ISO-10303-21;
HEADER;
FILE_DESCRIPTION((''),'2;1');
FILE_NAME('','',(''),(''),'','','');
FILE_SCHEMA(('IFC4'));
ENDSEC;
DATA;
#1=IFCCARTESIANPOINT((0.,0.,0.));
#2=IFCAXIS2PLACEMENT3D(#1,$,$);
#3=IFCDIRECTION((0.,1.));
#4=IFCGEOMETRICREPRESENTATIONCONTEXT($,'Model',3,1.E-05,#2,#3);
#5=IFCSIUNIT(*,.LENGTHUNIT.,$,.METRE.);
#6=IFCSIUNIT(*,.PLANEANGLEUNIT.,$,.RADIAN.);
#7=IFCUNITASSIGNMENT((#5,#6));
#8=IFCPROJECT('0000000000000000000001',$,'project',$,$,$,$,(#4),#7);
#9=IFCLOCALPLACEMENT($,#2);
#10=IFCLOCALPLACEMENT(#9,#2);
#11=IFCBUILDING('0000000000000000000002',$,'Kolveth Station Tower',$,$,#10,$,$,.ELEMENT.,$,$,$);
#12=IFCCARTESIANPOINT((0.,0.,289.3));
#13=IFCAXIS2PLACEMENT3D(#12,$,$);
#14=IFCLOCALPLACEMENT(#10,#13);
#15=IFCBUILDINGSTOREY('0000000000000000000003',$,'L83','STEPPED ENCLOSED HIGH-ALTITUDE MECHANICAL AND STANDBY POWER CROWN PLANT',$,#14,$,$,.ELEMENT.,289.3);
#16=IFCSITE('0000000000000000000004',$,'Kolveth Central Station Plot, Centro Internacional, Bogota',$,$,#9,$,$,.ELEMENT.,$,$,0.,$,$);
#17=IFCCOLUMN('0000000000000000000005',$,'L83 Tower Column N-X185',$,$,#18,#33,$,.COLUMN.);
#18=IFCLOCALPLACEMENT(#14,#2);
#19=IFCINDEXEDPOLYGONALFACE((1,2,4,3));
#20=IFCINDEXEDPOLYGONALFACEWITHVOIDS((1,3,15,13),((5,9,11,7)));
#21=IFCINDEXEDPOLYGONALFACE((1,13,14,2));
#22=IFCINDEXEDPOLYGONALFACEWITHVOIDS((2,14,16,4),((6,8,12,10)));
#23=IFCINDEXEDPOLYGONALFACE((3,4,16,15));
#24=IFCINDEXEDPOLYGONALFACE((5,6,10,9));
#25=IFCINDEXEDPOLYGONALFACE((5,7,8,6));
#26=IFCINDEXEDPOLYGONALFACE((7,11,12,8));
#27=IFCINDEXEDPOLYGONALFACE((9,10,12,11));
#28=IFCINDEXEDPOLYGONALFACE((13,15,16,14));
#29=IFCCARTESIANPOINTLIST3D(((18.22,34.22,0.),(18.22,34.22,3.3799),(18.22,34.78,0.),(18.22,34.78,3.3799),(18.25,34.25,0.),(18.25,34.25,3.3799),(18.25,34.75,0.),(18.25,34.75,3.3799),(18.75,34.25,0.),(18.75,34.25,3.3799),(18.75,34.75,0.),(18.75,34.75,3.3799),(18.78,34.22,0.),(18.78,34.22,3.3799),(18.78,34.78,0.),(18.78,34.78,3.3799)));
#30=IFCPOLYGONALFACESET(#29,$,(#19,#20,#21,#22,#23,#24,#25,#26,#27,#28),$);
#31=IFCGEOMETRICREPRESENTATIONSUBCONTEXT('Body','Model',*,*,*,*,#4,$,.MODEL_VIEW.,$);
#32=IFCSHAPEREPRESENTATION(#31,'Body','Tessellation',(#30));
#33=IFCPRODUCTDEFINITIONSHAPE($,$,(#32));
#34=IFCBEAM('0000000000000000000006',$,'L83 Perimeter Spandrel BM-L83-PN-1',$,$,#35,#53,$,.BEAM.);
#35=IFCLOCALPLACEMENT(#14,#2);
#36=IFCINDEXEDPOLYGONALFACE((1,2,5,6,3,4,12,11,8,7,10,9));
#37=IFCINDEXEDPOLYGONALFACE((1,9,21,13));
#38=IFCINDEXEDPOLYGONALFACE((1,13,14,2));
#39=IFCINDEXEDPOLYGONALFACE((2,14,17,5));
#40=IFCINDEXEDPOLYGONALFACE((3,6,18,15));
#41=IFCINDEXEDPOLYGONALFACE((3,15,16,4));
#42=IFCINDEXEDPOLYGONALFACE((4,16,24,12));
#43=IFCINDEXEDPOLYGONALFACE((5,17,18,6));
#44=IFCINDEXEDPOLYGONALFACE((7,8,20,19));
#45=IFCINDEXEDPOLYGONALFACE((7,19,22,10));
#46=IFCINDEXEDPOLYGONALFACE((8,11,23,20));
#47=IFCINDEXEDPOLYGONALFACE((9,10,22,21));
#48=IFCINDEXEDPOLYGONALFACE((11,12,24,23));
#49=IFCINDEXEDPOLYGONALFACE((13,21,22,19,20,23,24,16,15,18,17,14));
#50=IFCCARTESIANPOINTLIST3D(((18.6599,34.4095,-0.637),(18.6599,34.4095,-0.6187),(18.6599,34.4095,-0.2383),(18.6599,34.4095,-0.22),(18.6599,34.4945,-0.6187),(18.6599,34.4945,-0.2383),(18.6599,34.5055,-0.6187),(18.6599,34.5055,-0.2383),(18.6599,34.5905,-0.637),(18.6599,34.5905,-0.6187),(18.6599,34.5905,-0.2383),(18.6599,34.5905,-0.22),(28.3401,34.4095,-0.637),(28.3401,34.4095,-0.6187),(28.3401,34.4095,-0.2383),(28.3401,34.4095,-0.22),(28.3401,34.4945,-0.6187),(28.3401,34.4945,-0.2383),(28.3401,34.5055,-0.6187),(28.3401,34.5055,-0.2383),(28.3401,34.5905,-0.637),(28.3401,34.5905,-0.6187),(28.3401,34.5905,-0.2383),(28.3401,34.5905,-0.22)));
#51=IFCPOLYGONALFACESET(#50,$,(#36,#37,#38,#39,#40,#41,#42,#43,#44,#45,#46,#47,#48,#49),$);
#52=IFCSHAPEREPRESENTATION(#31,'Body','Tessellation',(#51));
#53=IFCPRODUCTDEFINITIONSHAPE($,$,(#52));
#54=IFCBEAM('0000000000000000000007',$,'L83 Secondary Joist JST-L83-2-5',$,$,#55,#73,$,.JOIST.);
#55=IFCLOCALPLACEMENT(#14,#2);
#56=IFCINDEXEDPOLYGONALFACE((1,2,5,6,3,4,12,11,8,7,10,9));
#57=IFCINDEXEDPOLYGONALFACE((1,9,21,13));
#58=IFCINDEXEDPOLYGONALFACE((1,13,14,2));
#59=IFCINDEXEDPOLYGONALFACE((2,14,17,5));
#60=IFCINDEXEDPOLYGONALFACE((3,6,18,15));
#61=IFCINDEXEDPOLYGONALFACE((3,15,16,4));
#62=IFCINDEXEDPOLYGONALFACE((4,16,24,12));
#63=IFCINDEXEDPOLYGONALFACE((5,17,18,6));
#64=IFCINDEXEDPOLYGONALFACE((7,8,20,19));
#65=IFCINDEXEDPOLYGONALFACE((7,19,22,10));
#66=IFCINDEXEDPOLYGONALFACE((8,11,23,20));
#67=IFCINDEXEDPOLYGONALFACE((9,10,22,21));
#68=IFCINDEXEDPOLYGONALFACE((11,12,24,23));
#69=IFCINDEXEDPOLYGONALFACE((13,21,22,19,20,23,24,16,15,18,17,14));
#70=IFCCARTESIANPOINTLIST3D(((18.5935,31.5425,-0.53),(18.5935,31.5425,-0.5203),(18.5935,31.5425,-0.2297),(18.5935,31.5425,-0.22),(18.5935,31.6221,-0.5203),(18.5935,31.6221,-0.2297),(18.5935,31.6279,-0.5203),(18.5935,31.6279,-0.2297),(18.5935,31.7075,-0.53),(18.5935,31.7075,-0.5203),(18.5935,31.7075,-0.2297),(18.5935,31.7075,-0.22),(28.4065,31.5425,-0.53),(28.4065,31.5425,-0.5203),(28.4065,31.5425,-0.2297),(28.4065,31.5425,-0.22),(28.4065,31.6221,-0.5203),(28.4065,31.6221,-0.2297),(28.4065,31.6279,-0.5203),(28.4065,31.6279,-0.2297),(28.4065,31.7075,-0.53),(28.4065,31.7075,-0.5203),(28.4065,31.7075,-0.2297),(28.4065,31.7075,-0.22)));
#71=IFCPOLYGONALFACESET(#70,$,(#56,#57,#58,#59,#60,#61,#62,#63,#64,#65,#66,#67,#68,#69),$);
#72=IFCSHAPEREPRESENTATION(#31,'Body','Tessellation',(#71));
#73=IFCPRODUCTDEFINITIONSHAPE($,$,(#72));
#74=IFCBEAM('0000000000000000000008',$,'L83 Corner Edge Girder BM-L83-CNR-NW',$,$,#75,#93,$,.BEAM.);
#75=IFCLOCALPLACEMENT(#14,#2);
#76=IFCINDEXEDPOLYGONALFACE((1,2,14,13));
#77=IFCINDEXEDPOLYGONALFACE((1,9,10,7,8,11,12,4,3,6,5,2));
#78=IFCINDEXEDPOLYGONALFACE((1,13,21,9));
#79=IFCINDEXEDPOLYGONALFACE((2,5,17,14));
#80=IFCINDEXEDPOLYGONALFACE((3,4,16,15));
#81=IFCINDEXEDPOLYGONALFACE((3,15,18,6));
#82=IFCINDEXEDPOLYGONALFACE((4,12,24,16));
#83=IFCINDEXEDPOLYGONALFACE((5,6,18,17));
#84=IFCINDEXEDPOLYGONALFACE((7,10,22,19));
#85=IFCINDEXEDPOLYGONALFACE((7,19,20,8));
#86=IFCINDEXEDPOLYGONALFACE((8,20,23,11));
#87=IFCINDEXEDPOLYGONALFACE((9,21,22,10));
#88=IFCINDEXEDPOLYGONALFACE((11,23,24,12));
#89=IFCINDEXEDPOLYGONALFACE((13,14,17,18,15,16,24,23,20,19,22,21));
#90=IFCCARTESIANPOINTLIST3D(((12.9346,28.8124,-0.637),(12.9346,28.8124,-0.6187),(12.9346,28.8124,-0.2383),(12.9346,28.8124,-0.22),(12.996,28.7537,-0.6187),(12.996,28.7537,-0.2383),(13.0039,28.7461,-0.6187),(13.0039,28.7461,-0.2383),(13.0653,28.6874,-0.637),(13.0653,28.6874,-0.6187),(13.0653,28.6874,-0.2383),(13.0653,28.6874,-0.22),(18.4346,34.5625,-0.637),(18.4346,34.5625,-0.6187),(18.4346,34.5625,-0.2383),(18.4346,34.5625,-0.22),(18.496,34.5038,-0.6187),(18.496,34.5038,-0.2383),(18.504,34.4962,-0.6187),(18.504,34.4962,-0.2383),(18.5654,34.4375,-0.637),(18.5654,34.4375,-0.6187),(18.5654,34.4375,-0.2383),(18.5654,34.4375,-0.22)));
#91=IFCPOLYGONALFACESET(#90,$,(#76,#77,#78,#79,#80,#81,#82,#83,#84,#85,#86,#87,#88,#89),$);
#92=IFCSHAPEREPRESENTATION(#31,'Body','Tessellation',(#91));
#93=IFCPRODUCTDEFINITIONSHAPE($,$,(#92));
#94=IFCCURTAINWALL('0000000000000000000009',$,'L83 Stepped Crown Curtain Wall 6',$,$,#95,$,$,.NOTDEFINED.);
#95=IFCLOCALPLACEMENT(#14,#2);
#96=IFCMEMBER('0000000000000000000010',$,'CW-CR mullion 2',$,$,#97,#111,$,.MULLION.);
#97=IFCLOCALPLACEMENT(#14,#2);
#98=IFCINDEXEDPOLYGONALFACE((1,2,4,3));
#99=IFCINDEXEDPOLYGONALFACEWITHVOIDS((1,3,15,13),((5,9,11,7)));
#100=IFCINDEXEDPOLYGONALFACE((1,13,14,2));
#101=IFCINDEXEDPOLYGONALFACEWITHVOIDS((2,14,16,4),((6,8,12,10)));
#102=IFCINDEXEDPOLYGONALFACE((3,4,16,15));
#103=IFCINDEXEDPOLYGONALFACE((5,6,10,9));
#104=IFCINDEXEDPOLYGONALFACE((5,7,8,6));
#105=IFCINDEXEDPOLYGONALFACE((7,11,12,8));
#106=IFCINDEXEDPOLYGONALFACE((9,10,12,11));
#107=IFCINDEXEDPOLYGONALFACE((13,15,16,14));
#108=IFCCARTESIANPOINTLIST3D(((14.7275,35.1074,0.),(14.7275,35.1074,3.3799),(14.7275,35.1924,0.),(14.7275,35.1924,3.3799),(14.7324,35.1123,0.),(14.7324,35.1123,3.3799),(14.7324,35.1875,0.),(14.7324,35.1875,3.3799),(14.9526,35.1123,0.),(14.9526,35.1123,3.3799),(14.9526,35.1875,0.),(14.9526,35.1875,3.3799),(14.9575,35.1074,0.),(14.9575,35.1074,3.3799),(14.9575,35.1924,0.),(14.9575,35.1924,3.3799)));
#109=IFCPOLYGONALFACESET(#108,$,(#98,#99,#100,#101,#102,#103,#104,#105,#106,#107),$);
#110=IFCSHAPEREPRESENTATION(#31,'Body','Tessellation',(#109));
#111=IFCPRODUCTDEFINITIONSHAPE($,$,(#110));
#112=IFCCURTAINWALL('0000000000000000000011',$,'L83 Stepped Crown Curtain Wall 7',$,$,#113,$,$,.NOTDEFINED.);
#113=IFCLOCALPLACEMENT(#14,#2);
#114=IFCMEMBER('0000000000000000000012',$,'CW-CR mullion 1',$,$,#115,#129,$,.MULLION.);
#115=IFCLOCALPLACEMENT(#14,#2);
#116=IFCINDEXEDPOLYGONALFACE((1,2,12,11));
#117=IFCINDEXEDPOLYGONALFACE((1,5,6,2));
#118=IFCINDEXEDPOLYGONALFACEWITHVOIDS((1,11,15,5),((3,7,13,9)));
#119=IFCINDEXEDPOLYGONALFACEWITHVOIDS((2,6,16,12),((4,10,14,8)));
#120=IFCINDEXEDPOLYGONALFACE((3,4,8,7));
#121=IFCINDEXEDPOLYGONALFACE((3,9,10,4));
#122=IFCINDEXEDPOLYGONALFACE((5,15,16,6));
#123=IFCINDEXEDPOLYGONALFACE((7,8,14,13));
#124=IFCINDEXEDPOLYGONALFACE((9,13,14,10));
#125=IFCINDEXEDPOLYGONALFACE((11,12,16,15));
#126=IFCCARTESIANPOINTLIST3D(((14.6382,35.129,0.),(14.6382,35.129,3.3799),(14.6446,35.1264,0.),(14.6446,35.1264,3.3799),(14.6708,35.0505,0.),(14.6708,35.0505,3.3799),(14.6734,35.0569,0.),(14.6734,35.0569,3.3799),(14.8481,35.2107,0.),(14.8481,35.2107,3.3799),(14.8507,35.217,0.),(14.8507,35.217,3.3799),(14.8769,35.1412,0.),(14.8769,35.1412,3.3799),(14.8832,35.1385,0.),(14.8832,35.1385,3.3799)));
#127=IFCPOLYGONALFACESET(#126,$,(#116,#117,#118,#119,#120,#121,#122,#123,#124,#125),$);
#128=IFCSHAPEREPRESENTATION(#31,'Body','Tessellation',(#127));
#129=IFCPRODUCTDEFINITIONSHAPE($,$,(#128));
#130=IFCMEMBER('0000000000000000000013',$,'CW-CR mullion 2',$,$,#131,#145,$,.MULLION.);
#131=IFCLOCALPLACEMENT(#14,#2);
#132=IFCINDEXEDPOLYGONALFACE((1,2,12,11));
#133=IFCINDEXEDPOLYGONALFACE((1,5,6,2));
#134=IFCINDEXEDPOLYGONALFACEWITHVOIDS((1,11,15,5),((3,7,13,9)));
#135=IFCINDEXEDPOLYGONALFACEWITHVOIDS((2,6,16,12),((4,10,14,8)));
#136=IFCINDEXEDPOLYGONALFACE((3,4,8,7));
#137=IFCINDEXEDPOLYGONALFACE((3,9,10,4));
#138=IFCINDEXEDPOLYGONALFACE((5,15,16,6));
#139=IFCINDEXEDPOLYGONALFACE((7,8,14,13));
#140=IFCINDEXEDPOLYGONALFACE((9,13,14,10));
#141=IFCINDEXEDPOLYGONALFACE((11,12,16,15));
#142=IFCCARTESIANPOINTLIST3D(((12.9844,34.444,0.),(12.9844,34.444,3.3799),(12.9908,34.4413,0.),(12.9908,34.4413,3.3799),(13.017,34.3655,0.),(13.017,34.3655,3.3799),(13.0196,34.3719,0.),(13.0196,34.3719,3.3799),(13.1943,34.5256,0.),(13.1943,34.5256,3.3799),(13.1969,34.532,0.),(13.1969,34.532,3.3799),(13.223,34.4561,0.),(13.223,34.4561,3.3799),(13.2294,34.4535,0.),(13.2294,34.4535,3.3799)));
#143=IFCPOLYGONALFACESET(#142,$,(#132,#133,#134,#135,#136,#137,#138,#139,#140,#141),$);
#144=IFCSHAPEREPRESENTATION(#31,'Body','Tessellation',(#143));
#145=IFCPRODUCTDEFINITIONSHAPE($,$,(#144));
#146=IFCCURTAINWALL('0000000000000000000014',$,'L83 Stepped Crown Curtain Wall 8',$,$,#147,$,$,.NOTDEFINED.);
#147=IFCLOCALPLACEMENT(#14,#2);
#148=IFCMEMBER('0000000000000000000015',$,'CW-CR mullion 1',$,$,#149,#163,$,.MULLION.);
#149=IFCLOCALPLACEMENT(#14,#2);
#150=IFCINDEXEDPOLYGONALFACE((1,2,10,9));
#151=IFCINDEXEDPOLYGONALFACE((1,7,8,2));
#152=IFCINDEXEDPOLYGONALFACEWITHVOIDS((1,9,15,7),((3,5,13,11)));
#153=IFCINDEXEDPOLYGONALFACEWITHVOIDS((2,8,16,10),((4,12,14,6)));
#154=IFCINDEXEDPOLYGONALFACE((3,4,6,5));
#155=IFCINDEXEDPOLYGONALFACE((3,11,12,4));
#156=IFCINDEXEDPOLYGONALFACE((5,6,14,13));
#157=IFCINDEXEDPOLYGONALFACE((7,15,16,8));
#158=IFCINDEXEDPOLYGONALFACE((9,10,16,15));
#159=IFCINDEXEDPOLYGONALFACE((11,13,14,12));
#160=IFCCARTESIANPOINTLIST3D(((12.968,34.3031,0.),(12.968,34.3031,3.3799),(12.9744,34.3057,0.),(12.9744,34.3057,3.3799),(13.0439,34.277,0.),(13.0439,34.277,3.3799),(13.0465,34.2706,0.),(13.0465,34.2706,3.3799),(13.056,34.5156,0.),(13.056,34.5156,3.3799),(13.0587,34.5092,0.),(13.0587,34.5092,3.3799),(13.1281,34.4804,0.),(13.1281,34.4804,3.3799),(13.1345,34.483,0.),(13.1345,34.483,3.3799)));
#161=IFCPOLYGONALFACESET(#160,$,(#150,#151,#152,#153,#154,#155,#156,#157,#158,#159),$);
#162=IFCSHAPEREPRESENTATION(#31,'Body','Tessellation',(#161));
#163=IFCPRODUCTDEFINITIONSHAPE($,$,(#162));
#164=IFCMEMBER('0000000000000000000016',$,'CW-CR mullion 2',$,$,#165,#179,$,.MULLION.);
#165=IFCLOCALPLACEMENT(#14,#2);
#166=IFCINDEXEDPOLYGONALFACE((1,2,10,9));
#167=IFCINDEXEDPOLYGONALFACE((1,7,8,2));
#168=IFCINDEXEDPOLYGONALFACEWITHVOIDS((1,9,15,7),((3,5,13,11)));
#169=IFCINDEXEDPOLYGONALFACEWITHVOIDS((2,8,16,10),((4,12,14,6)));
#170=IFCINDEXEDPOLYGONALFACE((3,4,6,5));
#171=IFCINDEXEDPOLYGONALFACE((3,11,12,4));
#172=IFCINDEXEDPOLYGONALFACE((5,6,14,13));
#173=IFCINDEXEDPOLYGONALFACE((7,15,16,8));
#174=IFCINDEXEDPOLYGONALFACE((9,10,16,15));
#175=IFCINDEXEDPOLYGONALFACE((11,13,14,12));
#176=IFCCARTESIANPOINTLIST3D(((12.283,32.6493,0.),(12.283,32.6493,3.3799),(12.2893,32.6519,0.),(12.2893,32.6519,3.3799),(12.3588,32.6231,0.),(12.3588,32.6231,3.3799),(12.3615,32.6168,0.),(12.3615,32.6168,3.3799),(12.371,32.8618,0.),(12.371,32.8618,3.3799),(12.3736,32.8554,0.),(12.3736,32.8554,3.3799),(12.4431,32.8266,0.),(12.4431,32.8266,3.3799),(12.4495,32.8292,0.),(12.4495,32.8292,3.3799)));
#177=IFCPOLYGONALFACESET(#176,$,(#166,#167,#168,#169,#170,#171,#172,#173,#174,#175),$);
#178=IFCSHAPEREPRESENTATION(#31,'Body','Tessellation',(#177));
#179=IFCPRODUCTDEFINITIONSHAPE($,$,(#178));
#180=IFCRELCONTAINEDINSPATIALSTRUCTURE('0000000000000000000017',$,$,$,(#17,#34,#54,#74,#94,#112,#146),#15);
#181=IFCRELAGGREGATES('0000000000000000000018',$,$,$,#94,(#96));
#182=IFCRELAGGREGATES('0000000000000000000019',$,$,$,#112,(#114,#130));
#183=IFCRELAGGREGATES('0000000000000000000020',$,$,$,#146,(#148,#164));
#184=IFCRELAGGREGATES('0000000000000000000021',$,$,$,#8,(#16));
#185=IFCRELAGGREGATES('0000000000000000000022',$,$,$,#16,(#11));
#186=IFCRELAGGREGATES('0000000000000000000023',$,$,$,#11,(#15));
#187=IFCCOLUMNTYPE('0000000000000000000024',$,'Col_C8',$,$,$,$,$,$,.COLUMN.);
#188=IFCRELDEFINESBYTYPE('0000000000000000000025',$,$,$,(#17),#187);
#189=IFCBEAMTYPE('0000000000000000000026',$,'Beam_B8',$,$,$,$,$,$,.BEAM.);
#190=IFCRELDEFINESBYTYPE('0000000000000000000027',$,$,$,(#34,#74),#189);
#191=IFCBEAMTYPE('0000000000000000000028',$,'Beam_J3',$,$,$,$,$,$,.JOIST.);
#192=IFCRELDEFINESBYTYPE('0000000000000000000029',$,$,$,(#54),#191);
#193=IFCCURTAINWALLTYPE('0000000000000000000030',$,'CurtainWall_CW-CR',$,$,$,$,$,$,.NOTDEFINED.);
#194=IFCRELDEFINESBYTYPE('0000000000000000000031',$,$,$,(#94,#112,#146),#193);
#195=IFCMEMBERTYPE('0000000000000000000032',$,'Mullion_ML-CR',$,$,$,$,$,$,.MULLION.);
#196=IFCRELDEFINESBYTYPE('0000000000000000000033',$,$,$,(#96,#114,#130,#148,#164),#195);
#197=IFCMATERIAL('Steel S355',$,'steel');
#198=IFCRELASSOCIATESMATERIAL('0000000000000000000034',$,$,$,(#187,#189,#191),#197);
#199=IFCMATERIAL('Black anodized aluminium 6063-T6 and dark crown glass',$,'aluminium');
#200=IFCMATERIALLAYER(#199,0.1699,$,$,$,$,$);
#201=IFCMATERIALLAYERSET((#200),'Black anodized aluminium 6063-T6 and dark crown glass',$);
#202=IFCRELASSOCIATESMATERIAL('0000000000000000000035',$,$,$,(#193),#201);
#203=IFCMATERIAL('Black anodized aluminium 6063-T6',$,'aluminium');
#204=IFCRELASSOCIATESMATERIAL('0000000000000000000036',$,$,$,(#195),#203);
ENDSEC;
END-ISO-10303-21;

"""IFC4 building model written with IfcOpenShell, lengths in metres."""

from ifc_helpers import new_model, si_unit, direction, frame, origin, origin_2d, place, context, subcontext, project, spatial, hollow_rectangle, i_section, extrude, source, transform, mapped, material, layer, layer_set, material_profile, profile_set, type_object, element, aggregate, save


model = new_model("IFC4")

# Units and contexts
model_context = context("Model", 3, precision=1e-05, world=origin(), true_north=direction((0.0, 1.0)))
body_context = subcontext(model_context, "Body", "Model", "MODEL_VIEW")
ifc_project = project(units=[si_unit("LENGTHUNIT", "METRE"), si_unit("PLANEANGLEUNIT", "RADIAN")], contexts=[model_context])

# Site, building, storey
site_placement = place(None, origin())
site = spatial("IfcSite", under=ifc_project, at=site_placement, Name="Kolveth Central Station Plot, Centro Internacional, Bogota", CompositionType="ELEMENT", RefElevation=0.0)
building_placement = place(site_placement, origin())
building = spatial("IfcBuilding", under=site, at=building_placement, Name="Kolveth Station Tower", CompositionType="ELEMENT")
storey_placement = place(building_placement, frame((0.0, 0.0, 289.3)))
storey = spatial("IfcBuildingStorey", under=building, at=storey_placement, Name="L83", Description="STEPPED ENCLOSED HIGH-ALTITUDE MECHANICAL AND STANDBY POWER CROWN PLANT", CompositionType="ELEMENT", Elevation=289.3)

# Column
ifc_material_1 = material(Name="Steel S355", Category="steel")
ifc_material_profile_1 = material_profile(ifc_material_1, hollow_rectangle(XDim=0.5601, YDim=0.5601, WallThickness=0.03, at=origin_2d()), Name="BOX560x560x30")
ifc_profile_set_1 = profile_set([ifc_material_profile_1], Name="Steel S355")
column_type = type_object("IfcColumnType", Name="Col_C8", PredefinedType="COLUMN", material=ifc_profile_set_1)
shared_shape_1 = source(origin(), body_context, "Body", "SweptSolid", [
    extrude(hollow_rectangle(XDim=0.5601, YDim=0.5601, WallThickness=0.03, at=origin_2d()), origin(), (0.0, 0.0, 1.0), 3.3799),
])
column_placement = place(storey_placement, frame((18.5, 34.5, 0.0), z_axis=(0.0, 0.0, 1.0), x_axis=(1.0, 0.0, 0.0)))
element("IfcColumn", 1, at=column_placement, inside=storey, type_object=column_type, Name="L83 Tower Column N-X185", PredefinedType="COLUMN", context=body_context, shape_type="MappedRepresentation", body=[
    mapped(shared_shape_1, transform((0.0, 0.0, 0.0), x_axis=(1.0, 0.0, 0.0), y_axis=(0.0, 1.0, 0.0), z_axis=(0.0, 0.0, 1.0), scale=1.0)),
])

# Beams
ifc_material_profile_2 = material_profile(ifc_material_1, i_section(OverallWidth=0.1809, OverallDepth=0.417, WebThickness=0.011, FlangeThickness=0.0183, at=origin_2d()), Name="W410x85")
ifc_profile_set_2 = profile_set([ifc_material_profile_2], Name="Steel S355")
beam_type_1 = type_object("IfcBeamType", Name="Beam_B8", PredefinedType="BEAM", material=ifc_profile_set_2)
shared_shape_2 = source(origin(), body_context, "Body", "SweptSolid", [
    extrude(i_section(OverallWidth=0.1809, OverallDepth=0.417, WebThickness=0.011, FlangeThickness=0.0183, at=origin_2d()), origin(), (0.0, 0.0, 1.0), 9.6802),
])
beam_1_placement = place(storey_placement, frame((18.6599, 34.5, -0.4285), z_axis=(1.0, 0.0, 0.0), x_axis=(0.0, 1.0, 0.0)))
element("IfcBeam", 2, at=beam_1_placement, inside=storey, type_object=beam_type_1, Name="L83 Perimeter Spandrel BM-L83-PN-1", PredefinedType="BEAM", context=body_context, shape_type="MappedRepresentation", body=[
    mapped(shared_shape_2, transform((0.0, 0.0, 0.0), x_axis=(1.0, 0.0, 0.0), y_axis=(0.0, 1.0, 0.0), z_axis=(0.0, 0.0, 1.0), scale=1.0)),
])
ifc_material_profile_3 = material_profile(ifc_material_1, i_section(OverallWidth=0.165, OverallDepth=0.3101, WebThickness=0.0059, FlangeThickness=0.0098, at=origin_2d()), Name="W310x39")
ifc_profile_set_3 = profile_set([ifc_material_profile_3], Name="Steel S355")
beam_type_2 = type_object("IfcBeamType", Name="Beam_J3", PredefinedType="JOIST", material=ifc_profile_set_3)
shared_shape_3 = source(origin(), body_context, "Body", "SweptSolid", [
    extrude(i_section(OverallWidth=0.165, OverallDepth=0.3101, WebThickness=0.0059, FlangeThickness=0.0098, at=origin_2d()), origin(), (0.0, 0.0, 1.0), 9.813),
])
beam_2_placement = place(storey_placement, frame((18.5935, 31.625, -0.375), z_axis=(1.0, 0.0, 0.0), x_axis=(0.0, 1.0, 0.0)))
element("IfcBeam", 3, at=beam_2_placement, inside=storey, type_object=beam_type_2, Name="L83 Secondary Joist JST-L83-2-5", PredefinedType="JOIST", context=body_context, shape_type="MappedRepresentation", body=[
    mapped(shared_shape_3, transform((0.0, 0.0, 0.0), x_axis=(1.0, 0.0, 0.0), y_axis=(0.0, 1.0, 0.0), z_axis=(0.0, 0.0, 1.0), scale=1.0)),
])
shared_shape_4 = source(origin(), body_context, "Body", "SweptSolid", [
    extrude(i_section(OverallWidth=0.1809, OverallDepth=0.417, WebThickness=0.011, FlangeThickness=0.0183, at=origin_2d()), origin(), (0.0, 0.0, 1.0), 7.957),
])
beam_3_placement = place(storey_placement, frame((18.5, 34.5, -0.4285), z_axis=(-0.691223, -0.722642, 0.0), x_axis=(0.722642, -0.691223, 0.0)))
element("IfcBeam", 4, at=beam_3_placement, inside=storey, type_object=beam_type_1, Name="L83 Corner Edge Girder BM-L83-CNR-NW", PredefinedType="BEAM", context=body_context, shape_type="MappedRepresentation", body=[
    mapped(shared_shape_4, transform((0.0, 0.0, 0.0), x_axis=(1.0, 0.0, 0.0), y_axis=(0.0, 1.0, 0.0), z_axis=(0.0, 0.0, 1.0), scale=1.0)),
])

# Curtain wall, member
ifc_material_2 = material(Name="Black anodized aluminium 6063-T6 and dark crown glass", Category="aluminium")
ifc_layer_1 = layer(ifc_material_2, 0.1699)
ifc_layer_set_1 = layer_set([ifc_layer_1], Name="Black anodized aluminium 6063-T6 and dark crown glass")
curtain_wall_type = type_object("IfcCurtainWallType", Name="CurtainWall_CW-CR", PredefinedType="NOTDEFINED", material=ifc_layer_set_1)
curtain_wall_1_placement = place(storey_placement, origin())
curtain_wall_1 = element("IfcCurtainWall", 5, at=curtain_wall_1_placement, inside=storey, type_object=curtain_wall_type, Name="L83 Stepped Crown Curtain Wall 6", PredefinedType="NOTDEFINED")
ifc_material_3 = material(Name="Black anodized aluminium 6063-T6", Category="aluminium")
ifc_material_profile_4 = material_profile(ifc_material_3, hollow_rectangle(XDim=0.085, YDim=0.23, WallThickness=0.0049, at=origin_2d()), Name="ALU-85x230x5")
ifc_profile_set_4 = profile_set([ifc_material_profile_4], Name="Black anodized aluminium 6063-T6")
member_type_1 = type_object("IfcMemberType", Name="Mullion_ML-CR", PredefinedType="MULLION", material=ifc_profile_set_4)
shared_shape_5 = source(origin(), body_context, "Body", "SweptSolid", [
    extrude(hollow_rectangle(XDim=0.085, YDim=0.23, WallThickness=0.0049, at=origin_2d()), origin(), (0.0, 0.0, 1.0), 3.3799),
])
member_1_placement = place(storey_placement, frame((14.8425, 35.1499, 0.0), z_axis=(0.0, 0.0, 1.0), x_axis=(0.0, -1.0, 0.0)))
member_1 = element("IfcMember", 6, at=member_1_placement, type_object=member_type_1, Name="CW-CR mullion 2", PredefinedType="MULLION", context=body_context, shape_type="MappedRepresentation", body=[
    mapped(shared_shape_5, transform((0.0, 0.0, 0.0), x_axis=(1.0, 0.0, 0.0), y_axis=(0.0, 1.0, 0.0), z_axis=(0.0, 0.0, 1.0), scale=1.0)),
])
aggregate(curtain_wall_1, [member_1])

# Curtain walls, members
curtain_wall_2_placement = place(storey_placement, origin())
curtain_wall_2 = element("IfcCurtainWall", 7, at=curtain_wall_2_placement, inside=storey, type_object=curtain_wall_type, Name="L83 Stepped Crown Curtain Wall 7", PredefinedType="NOTDEFINED")
member_2_placement = place(storey_placement, frame((14.7607, 35.1338, 0.0), z_axis=(0.0, 0.0, 1.0), x_axis=(0.382691, -0.923876, 0.0)))
member_2 = element("IfcMember", 8, at=member_2_placement, type_object=member_type_1, Name="CW-CR mullion 1", PredefinedType="MULLION", context=body_context, shape_type="MappedRepresentation", body=[
    mapped(shared_shape_5, transform((0.0, 0.0, 0.0), x_axis=(1.0, 0.0, 0.0), y_axis=(0.0, 1.0, 0.0), z_axis=(0.0, 0.0, 1.0), scale=1.0)),
])
member_3_placement = place(storey_placement, frame((13.1069, 34.4487, 0.0), z_axis=(0.0, 0.0, 1.0), x_axis=(0.382691, -0.923876, 0.0)))
member_3 = element("IfcMember", 9, at=member_3_placement, type_object=member_type_1, Name="CW-CR mullion 2", PredefinedType="MULLION", context=body_context, shape_type="MappedRepresentation", body=[
    mapped(shared_shape_5, transform((0.0, 0.0, 0.0), x_axis=(1.0, 0.0, 0.0), y_axis=(0.0, 1.0, 0.0), z_axis=(0.0, 0.0, 1.0), scale=1.0)),
])
curtain_wall_3_placement = place(storey_placement, origin())
curtain_wall_3 = element("IfcCurtainWall", 10, at=curtain_wall_3_placement, inside=storey, type_object=curtain_wall_type, Name="L83 Stepped Crown Curtain Wall 8", PredefinedType="NOTDEFINED")
member_4_placement = place(storey_placement, frame((13.0513, 34.3931, 0.0), z_axis=(0.0, 0.0, 1.0), x_axis=(0.923876, -0.382691, 0.0)))
member_4 = element("IfcMember", 11, at=member_4_placement, type_object=member_type_1, Name="CW-CR mullion 1", PredefinedType="MULLION", context=body_context, shape_type="MappedRepresentation", body=[
    mapped(shared_shape_5, transform((0.0, 0.0, 0.0), x_axis=(1.0, 0.0, 0.0), y_axis=(0.0, 1.0, 0.0), z_axis=(0.0, 0.0, 1.0), scale=1.0)),
])
member_5_placement = place(storey_placement, frame((12.3662, 32.7393, 0.0), z_axis=(0.0, 0.0, 1.0), x_axis=(0.923876, -0.382691, 0.0)))
member_5 = element("IfcMember", 12, at=member_5_placement, type_object=member_type_1, Name="CW-CR mullion 2", PredefinedType="MULLION", context=body_context, shape_type="MappedRepresentation", body=[
    mapped(shared_shape_5, transform((0.0, 0.0, 0.0), x_axis=(1.0, 0.0, 0.0), y_axis=(0.0, 1.0, 0.0), z_axis=(0.0, 0.0, 1.0), scale=1.0)),
])

aggregate(curtain_wall_2, [member_2, member_3])
aggregate(curtain_wall_3, [member_4, member_5])

save(model, "model.ifc")
